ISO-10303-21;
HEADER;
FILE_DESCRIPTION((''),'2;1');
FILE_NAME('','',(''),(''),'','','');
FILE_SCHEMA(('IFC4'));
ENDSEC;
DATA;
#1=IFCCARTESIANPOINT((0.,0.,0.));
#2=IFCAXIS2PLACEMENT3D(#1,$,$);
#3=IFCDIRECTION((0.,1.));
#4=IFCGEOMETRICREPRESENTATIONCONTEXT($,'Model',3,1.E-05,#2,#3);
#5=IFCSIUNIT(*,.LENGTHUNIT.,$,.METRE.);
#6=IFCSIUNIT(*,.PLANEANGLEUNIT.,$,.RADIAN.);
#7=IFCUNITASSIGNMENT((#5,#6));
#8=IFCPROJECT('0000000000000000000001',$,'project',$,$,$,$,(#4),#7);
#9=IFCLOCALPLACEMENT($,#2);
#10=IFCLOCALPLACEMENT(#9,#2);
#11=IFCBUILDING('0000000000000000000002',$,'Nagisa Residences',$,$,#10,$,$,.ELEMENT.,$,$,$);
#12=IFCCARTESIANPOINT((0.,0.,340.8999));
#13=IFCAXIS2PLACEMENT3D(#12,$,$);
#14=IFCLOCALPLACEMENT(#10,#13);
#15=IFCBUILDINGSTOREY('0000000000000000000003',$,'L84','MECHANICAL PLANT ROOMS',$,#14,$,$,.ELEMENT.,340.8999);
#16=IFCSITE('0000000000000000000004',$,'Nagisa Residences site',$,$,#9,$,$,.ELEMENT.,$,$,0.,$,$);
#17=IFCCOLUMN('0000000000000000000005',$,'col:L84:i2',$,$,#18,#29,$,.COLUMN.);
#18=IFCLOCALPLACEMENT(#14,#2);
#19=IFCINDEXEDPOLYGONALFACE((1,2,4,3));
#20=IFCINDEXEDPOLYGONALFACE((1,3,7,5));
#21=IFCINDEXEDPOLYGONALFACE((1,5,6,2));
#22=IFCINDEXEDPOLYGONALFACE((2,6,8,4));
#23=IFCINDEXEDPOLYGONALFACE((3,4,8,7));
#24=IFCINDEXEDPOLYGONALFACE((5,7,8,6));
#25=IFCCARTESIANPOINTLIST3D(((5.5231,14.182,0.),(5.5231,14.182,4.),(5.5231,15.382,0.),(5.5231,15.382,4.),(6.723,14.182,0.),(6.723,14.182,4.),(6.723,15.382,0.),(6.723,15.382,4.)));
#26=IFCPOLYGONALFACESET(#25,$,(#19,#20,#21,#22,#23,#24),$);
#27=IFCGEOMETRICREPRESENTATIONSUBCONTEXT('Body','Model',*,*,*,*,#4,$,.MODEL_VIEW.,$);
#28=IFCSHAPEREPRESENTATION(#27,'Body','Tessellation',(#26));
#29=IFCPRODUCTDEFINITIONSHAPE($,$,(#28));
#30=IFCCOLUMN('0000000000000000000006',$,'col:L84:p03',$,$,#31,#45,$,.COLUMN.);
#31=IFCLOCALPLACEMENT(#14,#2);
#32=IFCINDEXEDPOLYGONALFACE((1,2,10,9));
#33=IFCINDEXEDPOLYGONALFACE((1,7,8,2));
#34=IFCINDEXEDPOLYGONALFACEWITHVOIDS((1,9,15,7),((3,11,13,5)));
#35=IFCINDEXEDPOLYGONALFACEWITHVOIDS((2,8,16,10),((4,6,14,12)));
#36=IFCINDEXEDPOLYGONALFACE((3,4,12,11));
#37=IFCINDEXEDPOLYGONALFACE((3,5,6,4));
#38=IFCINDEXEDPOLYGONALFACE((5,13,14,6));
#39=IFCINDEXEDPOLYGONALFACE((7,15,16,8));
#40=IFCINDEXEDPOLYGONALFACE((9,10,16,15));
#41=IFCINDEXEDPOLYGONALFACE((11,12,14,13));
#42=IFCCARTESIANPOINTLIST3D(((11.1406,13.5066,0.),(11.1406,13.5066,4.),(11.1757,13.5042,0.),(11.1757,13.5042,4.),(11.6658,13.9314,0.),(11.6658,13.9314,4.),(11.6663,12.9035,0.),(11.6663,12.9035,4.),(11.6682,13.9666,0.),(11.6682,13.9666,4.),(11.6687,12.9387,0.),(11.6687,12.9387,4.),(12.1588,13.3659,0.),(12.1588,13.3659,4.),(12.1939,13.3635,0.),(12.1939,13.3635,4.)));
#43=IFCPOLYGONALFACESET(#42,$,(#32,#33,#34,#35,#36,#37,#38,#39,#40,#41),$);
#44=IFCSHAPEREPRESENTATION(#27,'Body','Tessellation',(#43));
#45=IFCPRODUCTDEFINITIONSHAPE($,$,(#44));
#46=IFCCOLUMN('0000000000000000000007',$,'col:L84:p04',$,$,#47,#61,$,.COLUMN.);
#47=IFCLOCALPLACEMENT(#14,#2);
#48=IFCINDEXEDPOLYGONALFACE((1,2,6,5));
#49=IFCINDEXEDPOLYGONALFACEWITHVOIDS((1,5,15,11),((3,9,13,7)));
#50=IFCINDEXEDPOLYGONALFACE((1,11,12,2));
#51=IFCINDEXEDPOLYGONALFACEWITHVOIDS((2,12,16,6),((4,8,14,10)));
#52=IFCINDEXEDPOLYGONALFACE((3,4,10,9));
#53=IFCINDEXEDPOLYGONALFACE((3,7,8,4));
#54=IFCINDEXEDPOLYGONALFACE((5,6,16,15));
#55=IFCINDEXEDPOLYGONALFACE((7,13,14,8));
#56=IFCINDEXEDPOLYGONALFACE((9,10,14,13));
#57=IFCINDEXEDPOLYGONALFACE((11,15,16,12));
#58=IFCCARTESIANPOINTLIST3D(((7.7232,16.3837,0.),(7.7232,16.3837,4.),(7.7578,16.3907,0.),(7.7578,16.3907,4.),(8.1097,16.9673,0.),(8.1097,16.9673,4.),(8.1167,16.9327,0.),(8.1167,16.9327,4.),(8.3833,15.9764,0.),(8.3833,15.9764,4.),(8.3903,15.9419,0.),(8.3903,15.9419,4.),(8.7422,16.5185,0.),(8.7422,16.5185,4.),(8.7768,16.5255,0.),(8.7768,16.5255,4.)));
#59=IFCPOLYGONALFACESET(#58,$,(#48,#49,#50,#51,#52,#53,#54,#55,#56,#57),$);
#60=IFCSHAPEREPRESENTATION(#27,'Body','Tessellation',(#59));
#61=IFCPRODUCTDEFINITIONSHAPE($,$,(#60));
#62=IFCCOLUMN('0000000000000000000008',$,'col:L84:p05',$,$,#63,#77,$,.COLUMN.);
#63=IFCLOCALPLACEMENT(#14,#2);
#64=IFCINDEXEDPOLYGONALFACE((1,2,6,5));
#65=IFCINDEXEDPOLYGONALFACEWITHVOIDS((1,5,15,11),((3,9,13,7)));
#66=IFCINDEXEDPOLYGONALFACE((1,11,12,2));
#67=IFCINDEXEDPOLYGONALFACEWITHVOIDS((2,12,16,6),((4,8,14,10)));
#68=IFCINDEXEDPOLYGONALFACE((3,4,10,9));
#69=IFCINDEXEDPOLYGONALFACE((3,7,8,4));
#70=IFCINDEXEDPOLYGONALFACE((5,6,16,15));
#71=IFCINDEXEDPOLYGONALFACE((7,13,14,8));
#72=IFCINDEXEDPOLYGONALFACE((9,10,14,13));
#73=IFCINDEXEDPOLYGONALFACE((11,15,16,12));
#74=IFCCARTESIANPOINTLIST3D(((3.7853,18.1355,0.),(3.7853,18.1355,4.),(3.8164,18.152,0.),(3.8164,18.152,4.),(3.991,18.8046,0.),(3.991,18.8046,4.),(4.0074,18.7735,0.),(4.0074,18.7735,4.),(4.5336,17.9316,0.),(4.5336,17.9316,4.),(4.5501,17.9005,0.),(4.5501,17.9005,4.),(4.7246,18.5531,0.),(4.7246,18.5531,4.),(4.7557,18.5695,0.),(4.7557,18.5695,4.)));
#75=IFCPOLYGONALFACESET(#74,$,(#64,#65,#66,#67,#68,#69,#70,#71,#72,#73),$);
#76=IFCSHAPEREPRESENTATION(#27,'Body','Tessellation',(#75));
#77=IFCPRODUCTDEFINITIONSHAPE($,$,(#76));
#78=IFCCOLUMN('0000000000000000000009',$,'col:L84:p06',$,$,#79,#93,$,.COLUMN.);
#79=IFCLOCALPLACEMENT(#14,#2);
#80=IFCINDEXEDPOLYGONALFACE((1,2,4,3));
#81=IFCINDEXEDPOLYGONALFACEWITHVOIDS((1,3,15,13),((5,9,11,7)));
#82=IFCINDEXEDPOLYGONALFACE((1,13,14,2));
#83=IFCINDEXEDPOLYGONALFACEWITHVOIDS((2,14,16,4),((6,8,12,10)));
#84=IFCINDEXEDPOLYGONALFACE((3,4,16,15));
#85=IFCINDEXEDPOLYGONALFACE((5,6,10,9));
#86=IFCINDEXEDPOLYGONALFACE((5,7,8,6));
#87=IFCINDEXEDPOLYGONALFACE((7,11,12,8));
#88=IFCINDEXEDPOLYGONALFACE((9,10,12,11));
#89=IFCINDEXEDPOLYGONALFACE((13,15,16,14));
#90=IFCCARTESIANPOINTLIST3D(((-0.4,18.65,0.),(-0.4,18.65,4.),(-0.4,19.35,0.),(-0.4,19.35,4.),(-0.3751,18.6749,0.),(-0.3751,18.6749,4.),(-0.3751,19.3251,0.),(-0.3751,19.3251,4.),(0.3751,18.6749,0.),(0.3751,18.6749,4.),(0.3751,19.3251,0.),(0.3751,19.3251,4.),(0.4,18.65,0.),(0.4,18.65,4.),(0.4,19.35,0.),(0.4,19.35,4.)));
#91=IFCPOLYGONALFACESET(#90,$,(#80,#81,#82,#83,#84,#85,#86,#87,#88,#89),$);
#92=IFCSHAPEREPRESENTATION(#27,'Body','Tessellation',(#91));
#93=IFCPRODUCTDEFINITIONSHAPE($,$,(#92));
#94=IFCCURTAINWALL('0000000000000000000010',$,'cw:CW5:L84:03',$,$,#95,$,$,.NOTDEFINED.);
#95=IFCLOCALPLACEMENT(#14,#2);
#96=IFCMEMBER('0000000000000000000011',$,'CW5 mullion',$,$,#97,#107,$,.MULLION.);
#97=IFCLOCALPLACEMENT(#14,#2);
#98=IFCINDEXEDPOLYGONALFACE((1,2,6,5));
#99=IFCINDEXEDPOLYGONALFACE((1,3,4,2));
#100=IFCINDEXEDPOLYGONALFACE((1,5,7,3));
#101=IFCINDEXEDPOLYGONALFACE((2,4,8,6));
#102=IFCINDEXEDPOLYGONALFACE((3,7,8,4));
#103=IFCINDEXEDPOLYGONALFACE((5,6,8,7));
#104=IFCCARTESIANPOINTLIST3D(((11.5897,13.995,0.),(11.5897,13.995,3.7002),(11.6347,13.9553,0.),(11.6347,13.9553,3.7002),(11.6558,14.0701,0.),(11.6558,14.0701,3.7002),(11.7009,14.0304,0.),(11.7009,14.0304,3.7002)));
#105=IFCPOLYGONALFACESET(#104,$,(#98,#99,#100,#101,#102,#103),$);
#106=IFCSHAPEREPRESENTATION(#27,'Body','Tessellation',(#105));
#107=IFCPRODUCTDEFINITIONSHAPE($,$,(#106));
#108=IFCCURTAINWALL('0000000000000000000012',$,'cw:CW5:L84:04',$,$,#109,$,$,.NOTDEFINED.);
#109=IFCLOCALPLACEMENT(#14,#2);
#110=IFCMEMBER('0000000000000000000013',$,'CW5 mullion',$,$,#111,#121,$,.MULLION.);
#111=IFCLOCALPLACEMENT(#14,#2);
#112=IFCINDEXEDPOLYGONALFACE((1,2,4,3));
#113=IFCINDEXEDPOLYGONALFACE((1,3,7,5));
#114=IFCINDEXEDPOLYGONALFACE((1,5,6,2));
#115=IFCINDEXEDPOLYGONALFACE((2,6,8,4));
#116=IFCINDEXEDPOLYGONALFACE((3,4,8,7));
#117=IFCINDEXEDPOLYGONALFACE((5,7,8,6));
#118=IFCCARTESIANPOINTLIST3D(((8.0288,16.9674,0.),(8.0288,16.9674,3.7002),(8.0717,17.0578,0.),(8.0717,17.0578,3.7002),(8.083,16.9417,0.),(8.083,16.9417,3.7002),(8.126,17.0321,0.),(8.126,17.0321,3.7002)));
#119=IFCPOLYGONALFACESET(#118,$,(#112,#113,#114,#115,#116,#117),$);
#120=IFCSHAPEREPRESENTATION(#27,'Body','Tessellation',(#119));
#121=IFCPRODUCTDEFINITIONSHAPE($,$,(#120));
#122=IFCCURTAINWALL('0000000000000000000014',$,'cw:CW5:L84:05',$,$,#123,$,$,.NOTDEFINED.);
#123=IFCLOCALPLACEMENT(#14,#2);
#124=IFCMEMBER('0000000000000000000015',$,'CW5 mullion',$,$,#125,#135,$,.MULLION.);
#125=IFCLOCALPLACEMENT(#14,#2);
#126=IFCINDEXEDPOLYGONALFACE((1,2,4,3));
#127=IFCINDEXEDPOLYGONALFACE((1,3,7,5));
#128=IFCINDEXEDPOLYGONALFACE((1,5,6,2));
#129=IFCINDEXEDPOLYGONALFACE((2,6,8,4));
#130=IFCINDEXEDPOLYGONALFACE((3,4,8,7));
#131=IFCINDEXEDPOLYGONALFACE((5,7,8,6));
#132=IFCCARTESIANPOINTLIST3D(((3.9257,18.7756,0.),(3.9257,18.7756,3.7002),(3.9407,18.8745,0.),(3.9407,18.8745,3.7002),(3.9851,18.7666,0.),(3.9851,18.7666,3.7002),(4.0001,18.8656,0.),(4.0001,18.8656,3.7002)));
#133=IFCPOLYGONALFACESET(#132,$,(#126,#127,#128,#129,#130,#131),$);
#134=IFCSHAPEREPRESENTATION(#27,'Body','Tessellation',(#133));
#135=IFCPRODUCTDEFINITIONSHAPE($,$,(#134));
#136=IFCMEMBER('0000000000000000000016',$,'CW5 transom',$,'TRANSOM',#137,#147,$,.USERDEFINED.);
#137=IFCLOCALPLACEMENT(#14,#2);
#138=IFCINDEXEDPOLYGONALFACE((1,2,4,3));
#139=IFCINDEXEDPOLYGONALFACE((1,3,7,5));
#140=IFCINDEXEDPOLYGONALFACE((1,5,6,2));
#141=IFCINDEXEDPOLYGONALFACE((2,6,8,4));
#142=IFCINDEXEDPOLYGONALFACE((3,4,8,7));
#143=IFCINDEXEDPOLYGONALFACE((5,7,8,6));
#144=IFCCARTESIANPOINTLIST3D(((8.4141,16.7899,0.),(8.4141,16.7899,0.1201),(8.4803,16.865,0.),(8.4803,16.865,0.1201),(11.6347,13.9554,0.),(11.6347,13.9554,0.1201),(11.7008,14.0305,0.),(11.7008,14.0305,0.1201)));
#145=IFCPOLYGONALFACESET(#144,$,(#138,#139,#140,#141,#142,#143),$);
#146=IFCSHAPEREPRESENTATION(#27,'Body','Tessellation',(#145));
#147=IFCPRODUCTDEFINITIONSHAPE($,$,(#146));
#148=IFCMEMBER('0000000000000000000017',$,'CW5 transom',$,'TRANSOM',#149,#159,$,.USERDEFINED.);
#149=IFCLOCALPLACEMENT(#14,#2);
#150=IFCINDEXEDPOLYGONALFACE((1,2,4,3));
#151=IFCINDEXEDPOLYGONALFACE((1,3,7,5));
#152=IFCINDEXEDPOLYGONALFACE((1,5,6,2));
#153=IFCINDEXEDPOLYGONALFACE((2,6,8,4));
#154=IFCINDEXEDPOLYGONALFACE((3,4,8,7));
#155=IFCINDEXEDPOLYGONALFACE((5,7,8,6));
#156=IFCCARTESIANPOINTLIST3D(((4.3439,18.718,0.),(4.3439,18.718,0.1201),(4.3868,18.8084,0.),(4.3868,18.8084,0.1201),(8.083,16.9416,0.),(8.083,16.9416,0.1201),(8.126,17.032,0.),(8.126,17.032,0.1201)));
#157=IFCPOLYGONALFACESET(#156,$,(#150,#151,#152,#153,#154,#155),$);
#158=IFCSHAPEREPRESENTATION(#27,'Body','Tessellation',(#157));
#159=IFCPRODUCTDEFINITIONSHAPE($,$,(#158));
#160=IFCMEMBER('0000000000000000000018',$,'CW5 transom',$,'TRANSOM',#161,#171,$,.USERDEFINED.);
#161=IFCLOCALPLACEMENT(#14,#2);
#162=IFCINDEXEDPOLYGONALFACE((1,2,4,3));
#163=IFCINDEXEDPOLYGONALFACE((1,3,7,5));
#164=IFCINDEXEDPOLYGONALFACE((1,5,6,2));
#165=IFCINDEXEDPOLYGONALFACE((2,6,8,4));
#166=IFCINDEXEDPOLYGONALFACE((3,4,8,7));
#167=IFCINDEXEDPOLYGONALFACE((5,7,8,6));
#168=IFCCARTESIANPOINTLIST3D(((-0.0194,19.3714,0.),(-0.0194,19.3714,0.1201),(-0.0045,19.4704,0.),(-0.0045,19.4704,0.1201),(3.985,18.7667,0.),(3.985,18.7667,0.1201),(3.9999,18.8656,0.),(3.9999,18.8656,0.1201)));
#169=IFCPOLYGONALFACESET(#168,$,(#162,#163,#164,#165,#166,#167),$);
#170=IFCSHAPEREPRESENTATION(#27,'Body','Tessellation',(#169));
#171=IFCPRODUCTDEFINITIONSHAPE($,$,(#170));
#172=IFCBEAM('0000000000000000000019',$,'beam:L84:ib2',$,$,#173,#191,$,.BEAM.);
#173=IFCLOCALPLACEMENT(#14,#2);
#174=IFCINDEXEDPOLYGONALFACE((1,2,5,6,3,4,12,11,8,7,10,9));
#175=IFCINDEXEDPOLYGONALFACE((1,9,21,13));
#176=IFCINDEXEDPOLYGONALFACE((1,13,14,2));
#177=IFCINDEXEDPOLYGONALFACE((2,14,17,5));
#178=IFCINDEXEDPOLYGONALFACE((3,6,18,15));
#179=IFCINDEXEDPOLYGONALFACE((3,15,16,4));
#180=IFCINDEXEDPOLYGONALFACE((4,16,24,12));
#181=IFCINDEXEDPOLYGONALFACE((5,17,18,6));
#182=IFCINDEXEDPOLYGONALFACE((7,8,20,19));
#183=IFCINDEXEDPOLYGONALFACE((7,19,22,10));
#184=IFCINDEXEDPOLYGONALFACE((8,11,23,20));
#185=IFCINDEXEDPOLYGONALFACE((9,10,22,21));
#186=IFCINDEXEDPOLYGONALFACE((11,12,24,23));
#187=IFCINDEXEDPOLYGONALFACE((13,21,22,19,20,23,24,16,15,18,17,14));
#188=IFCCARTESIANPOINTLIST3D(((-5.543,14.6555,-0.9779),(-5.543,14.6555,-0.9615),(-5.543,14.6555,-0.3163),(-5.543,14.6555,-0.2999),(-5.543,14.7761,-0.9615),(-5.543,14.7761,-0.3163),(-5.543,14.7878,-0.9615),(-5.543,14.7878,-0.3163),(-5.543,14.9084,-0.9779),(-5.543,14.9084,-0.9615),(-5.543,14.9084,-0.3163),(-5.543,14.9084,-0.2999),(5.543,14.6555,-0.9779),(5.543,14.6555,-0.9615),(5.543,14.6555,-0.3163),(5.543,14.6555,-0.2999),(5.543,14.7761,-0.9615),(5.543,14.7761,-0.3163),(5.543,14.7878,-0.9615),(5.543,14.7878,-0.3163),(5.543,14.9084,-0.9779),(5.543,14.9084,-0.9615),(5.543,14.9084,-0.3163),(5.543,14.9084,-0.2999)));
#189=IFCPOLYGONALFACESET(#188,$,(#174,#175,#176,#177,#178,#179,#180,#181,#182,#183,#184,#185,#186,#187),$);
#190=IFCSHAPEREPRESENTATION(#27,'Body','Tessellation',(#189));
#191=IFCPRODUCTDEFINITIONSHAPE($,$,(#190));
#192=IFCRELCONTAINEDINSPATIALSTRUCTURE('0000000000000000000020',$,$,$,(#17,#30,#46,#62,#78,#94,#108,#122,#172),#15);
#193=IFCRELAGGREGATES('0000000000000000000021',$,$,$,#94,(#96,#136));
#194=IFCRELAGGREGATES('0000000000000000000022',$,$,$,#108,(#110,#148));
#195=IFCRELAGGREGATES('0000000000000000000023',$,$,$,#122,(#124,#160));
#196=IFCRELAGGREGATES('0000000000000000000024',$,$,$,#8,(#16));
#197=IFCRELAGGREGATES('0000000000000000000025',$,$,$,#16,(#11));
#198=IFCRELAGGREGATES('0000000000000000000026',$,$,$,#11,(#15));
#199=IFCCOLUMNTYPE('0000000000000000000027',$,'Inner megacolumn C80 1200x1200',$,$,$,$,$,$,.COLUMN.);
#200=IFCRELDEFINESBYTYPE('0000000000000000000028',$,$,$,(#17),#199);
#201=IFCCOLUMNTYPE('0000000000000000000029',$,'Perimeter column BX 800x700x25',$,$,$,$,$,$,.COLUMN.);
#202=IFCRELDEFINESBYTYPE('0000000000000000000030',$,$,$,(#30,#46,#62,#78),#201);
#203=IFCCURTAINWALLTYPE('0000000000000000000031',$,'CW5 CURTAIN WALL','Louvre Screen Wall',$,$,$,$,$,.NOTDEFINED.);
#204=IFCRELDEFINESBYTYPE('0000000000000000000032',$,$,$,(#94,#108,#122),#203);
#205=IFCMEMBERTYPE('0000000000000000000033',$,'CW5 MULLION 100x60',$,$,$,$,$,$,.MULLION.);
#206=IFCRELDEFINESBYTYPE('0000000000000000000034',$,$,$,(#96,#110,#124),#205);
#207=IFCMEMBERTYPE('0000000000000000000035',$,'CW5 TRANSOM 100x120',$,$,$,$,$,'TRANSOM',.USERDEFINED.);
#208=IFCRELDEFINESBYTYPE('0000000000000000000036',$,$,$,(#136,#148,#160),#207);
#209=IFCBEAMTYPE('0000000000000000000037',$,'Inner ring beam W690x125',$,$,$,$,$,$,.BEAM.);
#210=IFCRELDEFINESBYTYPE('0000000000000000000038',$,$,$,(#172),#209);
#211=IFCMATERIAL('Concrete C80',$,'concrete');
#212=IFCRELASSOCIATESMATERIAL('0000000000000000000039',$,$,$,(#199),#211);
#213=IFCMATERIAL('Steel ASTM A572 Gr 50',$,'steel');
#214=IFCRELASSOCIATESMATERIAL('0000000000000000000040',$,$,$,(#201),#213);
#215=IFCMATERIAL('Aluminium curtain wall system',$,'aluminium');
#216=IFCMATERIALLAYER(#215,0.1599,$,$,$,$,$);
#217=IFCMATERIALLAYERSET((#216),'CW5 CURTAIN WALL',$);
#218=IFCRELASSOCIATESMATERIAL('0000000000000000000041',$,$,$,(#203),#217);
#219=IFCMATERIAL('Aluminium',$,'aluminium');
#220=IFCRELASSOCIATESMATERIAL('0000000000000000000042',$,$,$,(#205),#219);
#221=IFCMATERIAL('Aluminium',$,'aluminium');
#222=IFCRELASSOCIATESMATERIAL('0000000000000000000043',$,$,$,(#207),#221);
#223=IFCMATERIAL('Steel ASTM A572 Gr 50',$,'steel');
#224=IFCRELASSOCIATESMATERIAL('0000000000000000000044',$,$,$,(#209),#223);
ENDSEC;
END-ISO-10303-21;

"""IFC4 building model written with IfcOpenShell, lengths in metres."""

from ifc_helpers import new_model, si_unit, direction, frame, origin, origin_2d, place, context, subcontext, project, spatial, rectangle, hollow_rectangle, i_section, extrude, material, layer, layer_set, material_profile, profile_set, type_object, element, aggregate, save


model = new_model("IFC4")

# Units and contexts
model_context = context("Model", 3, precision=1e-05, world=origin(), true_north=direction((0.0, 1.0)))
body_context = subcontext(model_context, "Body", "Model", "MODEL_VIEW")
ifc_project = project(units=[si_unit("LENGTHUNIT", "METRE"), si_unit("PLANEANGLEUNIT", "RADIAN")], contexts=[model_context])

# Site, building, storey
site_placement = place(None, origin())
site = spatial("IfcSite", under=ifc_project, at=site_placement, Name="Nagisa Residences site", CompositionType="ELEMENT", RefElevation=0.0)
building_placement = place(site_placement, origin())
building = spatial("IfcBuilding", under=site, at=building_placement, Name="Nagisa Residences", CompositionType="ELEMENT")
storey_placement = place(building_placement, frame((0.0, 0.0, 340.8999)))
storey = spatial("IfcBuildingStorey", under=building, at=storey_placement, Name="L84", Description="MECHANICAL PLANT ROOMS", CompositionType="ELEMENT", Elevation=340.8999)

# Columns
ifc_material_1 = material(Name="Concrete C80", Category="concrete")
ifc_material_profile_1 = material_profile(ifc_material_1, rectangle(XDim=1.2, YDim=1.2, at=origin_2d()), Name="C80 1200x1200")
ifc_profile_set_1 = profile_set([ifc_material_profile_1], Name="Concrete C80")
column_type_1 = type_object("IfcColumnType", Name="Inner megacolumn C80 1200x1200", PredefinedType="COLUMN", material=ifc_profile_set_1)
column_placement = place(storey_placement, frame((6.123, 14.782, 0.0), z_axis=(0.0, 0.0, 1.0), x_axis=(1.0, 0.0, 0.0)))
element("IfcColumn", 1, at=column_placement, inside=storey, type_object=column_type_1, Name="col:L84:i2", PredefinedType="COLUMN", context=body_context, shape_type="SweptSolid", body=[
    extrude(rectangle(XDim=1.2, YDim=1.2, at=origin_2d()), origin(), (0.0, 0.0, 1.0), 4.0),
])
ifc_material_2 = material(Name="Steel ASTM A572 Gr 50", Category="steel")
ifc_material_profile_2 = material_profile(ifc_material_2, hollow_rectangle(XDim=0.8, YDim=0.7, WallThickness=0.0249, at=origin_2d()), Name="BX 800x700x25")
ifc_profile_set_2 = profile_set([ifc_material_profile_2], Name="Steel ASTM A572 Gr 50")
column_type_2 = type_object("IfcColumnType", Name="Perimeter column BX 800x700x25", PredefinedType="COLUMN", material=ifc_profile_set_2)
for number, where, z_axis, x_axis, name in (
    (2, (11.6672, 13.4351, 0.0), (0.0, 0.0, 1.0), (-0.657135, 0.753773, 0.0), "col:L84:p03"),
    (3, (8.25, 16.4546, 0.0), (0.0, 0.0, 1.0), (-0.833744, 0.552151, 0.0), "col:L84:p04"),
    (4, (4.2705, 18.3525, 0.0), (0.0, 0.0, 1.0), (-0.95587, 0.29379, 0.0), "col:L84:p05"),
    (5, (0.0, 19.0, 0.0), (0.0, 0.0, 1.0), (-1.0, 0.0, 0.0), "col:L84:p06"),
):
    element("IfcColumn", number, at=place(storey_placement, frame(where, z_axis=z_axis, x_axis=x_axis)), inside=storey, type_object=column_type_2, Name=name, PredefinedType="COLUMN", context=body_context, shape_type="SweptSolid", body=[
        extrude(hollow_rectangle(XDim=0.8, YDim=0.7, WallThickness=0.0249, at=origin_2d()), origin(), (0.0, 0.0, 1.0), 4.0),
    ])

# Curtain walls, members
ifc_material_3 = material(Name="Aluminium curtain wall system", Category="aluminium")
ifc_layer_1 = layer(ifc_material_3, 0.1599)
ifc_layer_set_1 = layer_set([ifc_layer_1], Name="CW5 CURTAIN WALL")
curtain_wall_type = type_object("IfcCurtainWallType", Name="CW5 CURTAIN WALL", Description="Louvre Screen Wall", PredefinedType="NOTDEFINED", material=ifc_layer_set_1)
curtain_wall_1_placement = place(storey_placement, origin())
curtain_wall_1 = element("IfcCurtainWall", 6, at=curtain_wall_1_placement, inside=storey, type_object=curtain_wall_type, Name="cw:CW5:L84:03", PredefinedType="NOTDEFINED")
ifc_material_4 = material(Name="Aluminium", Category="aluminium")
ifc_material_profile_3 = material_profile(ifc_material_4, rectangle(XDim=0.1001, YDim=0.0601, at=origin_2d()), Name="CW5 MULLION 100x60")
ifc_profile_set_3 = profile_set([ifc_material_profile_3], Name="Aluminium")
member_type_1 = type_object("IfcMemberType", Name="CW5 MULLION 100x60", PredefinedType="MULLION", material=ifc_profile_set_3)
member_1_placement = place(storey_placement, frame((11.6453, 14.0127, 0.0), z_axis=(0.0, 0.0, 1.0), x_axis=(-0.660699, -0.750651, 0.0)))
member_1 = element("IfcMember", 7, at=member_1_placement, type_object=member_type_1, Name="CW5 mullion", PredefinedType="MULLION", context=body_context, shape_type="SweptSolid", body=[
    extrude(rectangle(XDim=0.1001, YDim=0.0601, at=origin_2d()), origin(), (0.0, 0.0, 1.0), 3.7002),
])
curtain_wall_2_placement = place(storey_placement, origin())
curtain_wall_2 = element("IfcCurtainWall", 8, at=curtain_wall_2_placement, inside=storey, type_object=curtain_wall_type, Name="cw:CW5:L84:04", PredefinedType="NOTDEFINED")
member_2_placement = place(storey_placement, frame((8.0774, 16.9998, 0.0), z_axis=(0.0, 0.0, 1.0), x_axis=(-0.429151, -0.903233, 0.0)))
member_2 = element("IfcMember", 9, at=member_2_placement, type_object=member_type_1, Name="CW5 mullion", PredefinedType="MULLION", context=body_context, shape_type="SweptSolid", body=[
    extrude(rectangle(XDim=0.1001, YDim=0.0601, at=origin_2d()), origin(), (0.0, 0.0, 1.0), 3.7002),
])
curtain_wall_3_placement = place(storey_placement, origin())
curtain_wall_3 = element("IfcCurtainWall", 10, at=curtain_wall_3_placement, inside=storey, type_object=curtain_wall_type, Name="cw:CW5:L84:05", PredefinedType="NOTDEFINED")
member_3_placement = place(storey_placement, frame((3.9629, 18.8206, 0.0), z_axis=(0.0, 0.0, 1.0), x_axis=(-0.14932, -0.988789, 0.0)))
member_3 = element("IfcMember", 11, at=member_3_placement, type_object=member_type_1, Name="CW5 mullion", PredefinedType="MULLION", context=body_context, shape_type="SweptSolid", body=[
    extrude(rectangle(XDim=0.1001, YDim=0.0601, at=origin_2d()), origin(), (0.0, 0.0, 1.0), 3.7002),
])

# Members
ifc_material_5 = material(Name="Aluminium", Category="aluminium")
ifc_material_profile_4 = material_profile(ifc_material_5, rectangle(XDim=0.1001, YDim=0.1201, at=origin_2d()), Name="CW5 TRANSOM 100x120")
ifc_profile_set_4 = profile_set([ifc_material_profile_4], Name="Aluminium")
member_type_2 = type_object("IfcMemberType", Name="CW5 TRANSOM 100x120", ElementType="TRANSOM", PredefinedType="USERDEFINED", material=ifc_profile_set_4)
member_4_placement = place(storey_placement, frame((11.6677, 13.9929, 0.0601), z_axis=(-0.750659, 0.660689, 0.0), x_axis=(-0.660689, -0.750659, 0.0)))
member_4 = element("IfcMember", 12, at=member_4_placement, type_object=member_type_2, Name="CW5 transom", ObjectType="TRANSOM", PredefinedType="USERDEFINED", context=body_context, shape_type="SweptSolid", body=[
    extrude(rectangle(XDim=0.1001, YDim=0.1201, at=origin_2d()), origin(), (0.0, 0.0, 1.0), 4.2903),
])
member_5_placement = place(storey_placement, frame((8.1045, 16.9868, 0.0601), z_axis=(-0.903246, 0.429123, 0.0), x_axis=(-0.429123, -0.903246, 0.0)))
member_5 = element("IfcMember", 13, at=member_5_placement, type_object=member_type_2, Name="CW5 transom", ObjectType="TRANSOM", PredefinedType="USERDEFINED", context=body_context, shape_type="SweptSolid", body=[
    extrude(rectangle(XDim=0.1001, YDim=0.1201, at=origin_2d()), origin(), (0.0, 0.0, 1.0), 4.1396),
])
member_6_placement = place(storey_placement, frame((3.9924, 18.8162, 0.0601), z_axis=(-0.988788, 0.149325, 0.0), x_axis=(-0.149325, -0.988788, 0.0)))
member_6 = element("IfcMember", 14, at=member_6_placement, type_object=member_type_2, Name="CW5 transom", ObjectType="TRANSOM", PredefinedType="USERDEFINED", context=body_context, shape_type="SweptSolid", body=[
    extrude(rectangle(XDim=0.1001, YDim=0.1201, at=origin_2d()), origin(), (0.0, 0.0, 1.0), 4.0498),
])

# Beam
ifc_material_6 = material(Name="Steel ASTM A572 Gr 50", Category="steel")
ifc_material_profile_5 = material_profile(ifc_material_6, i_section(OverallWidth=0.2529, OverallDepth=0.678, WebThickness=0.0117, FlangeThickness=0.0164, at=origin_2d()), Name="W690x125")
ifc_profile_set_5 = profile_set([ifc_material_profile_5], Name="Steel ASTM A572 Gr 50")
beam_type_1 = type_object("IfcBeamType", Name="Inner ring beam W690x125", PredefinedType="BEAM", material=ifc_profile_set_5)
for number, where, z_axis, x_axis, name in (
    (15, (5.543, 14.782, -0.6389), (-1.0, 0.0, 0.0), (0.0, -1.0, 0.0), "beam:L84:ib2"),
):
    element("IfcBeam", number, at=place(storey_placement, frame(where, z_axis=z_axis, x_axis=x_axis)), inside=storey, type_object=beam_type_1, Name=name, PredefinedType="BEAM", context=body_context, shape_type="SweptSolid", body=[
        extrude(i_section(OverallWidth=0.2529, OverallDepth=0.678, WebThickness=0.0117, FlangeThickness=0.0164, at=origin_2d()), origin(), (0.0, 0.0, 1.0), 11.0859),
    ])

aggregate(curtain_wall_1, [member_1, member_4])
aggregate(curtain_wall_2, [member_2, member_5])
aggregate(curtain_wall_3, [member_3, member_6])

save(model, "model.ifc")
